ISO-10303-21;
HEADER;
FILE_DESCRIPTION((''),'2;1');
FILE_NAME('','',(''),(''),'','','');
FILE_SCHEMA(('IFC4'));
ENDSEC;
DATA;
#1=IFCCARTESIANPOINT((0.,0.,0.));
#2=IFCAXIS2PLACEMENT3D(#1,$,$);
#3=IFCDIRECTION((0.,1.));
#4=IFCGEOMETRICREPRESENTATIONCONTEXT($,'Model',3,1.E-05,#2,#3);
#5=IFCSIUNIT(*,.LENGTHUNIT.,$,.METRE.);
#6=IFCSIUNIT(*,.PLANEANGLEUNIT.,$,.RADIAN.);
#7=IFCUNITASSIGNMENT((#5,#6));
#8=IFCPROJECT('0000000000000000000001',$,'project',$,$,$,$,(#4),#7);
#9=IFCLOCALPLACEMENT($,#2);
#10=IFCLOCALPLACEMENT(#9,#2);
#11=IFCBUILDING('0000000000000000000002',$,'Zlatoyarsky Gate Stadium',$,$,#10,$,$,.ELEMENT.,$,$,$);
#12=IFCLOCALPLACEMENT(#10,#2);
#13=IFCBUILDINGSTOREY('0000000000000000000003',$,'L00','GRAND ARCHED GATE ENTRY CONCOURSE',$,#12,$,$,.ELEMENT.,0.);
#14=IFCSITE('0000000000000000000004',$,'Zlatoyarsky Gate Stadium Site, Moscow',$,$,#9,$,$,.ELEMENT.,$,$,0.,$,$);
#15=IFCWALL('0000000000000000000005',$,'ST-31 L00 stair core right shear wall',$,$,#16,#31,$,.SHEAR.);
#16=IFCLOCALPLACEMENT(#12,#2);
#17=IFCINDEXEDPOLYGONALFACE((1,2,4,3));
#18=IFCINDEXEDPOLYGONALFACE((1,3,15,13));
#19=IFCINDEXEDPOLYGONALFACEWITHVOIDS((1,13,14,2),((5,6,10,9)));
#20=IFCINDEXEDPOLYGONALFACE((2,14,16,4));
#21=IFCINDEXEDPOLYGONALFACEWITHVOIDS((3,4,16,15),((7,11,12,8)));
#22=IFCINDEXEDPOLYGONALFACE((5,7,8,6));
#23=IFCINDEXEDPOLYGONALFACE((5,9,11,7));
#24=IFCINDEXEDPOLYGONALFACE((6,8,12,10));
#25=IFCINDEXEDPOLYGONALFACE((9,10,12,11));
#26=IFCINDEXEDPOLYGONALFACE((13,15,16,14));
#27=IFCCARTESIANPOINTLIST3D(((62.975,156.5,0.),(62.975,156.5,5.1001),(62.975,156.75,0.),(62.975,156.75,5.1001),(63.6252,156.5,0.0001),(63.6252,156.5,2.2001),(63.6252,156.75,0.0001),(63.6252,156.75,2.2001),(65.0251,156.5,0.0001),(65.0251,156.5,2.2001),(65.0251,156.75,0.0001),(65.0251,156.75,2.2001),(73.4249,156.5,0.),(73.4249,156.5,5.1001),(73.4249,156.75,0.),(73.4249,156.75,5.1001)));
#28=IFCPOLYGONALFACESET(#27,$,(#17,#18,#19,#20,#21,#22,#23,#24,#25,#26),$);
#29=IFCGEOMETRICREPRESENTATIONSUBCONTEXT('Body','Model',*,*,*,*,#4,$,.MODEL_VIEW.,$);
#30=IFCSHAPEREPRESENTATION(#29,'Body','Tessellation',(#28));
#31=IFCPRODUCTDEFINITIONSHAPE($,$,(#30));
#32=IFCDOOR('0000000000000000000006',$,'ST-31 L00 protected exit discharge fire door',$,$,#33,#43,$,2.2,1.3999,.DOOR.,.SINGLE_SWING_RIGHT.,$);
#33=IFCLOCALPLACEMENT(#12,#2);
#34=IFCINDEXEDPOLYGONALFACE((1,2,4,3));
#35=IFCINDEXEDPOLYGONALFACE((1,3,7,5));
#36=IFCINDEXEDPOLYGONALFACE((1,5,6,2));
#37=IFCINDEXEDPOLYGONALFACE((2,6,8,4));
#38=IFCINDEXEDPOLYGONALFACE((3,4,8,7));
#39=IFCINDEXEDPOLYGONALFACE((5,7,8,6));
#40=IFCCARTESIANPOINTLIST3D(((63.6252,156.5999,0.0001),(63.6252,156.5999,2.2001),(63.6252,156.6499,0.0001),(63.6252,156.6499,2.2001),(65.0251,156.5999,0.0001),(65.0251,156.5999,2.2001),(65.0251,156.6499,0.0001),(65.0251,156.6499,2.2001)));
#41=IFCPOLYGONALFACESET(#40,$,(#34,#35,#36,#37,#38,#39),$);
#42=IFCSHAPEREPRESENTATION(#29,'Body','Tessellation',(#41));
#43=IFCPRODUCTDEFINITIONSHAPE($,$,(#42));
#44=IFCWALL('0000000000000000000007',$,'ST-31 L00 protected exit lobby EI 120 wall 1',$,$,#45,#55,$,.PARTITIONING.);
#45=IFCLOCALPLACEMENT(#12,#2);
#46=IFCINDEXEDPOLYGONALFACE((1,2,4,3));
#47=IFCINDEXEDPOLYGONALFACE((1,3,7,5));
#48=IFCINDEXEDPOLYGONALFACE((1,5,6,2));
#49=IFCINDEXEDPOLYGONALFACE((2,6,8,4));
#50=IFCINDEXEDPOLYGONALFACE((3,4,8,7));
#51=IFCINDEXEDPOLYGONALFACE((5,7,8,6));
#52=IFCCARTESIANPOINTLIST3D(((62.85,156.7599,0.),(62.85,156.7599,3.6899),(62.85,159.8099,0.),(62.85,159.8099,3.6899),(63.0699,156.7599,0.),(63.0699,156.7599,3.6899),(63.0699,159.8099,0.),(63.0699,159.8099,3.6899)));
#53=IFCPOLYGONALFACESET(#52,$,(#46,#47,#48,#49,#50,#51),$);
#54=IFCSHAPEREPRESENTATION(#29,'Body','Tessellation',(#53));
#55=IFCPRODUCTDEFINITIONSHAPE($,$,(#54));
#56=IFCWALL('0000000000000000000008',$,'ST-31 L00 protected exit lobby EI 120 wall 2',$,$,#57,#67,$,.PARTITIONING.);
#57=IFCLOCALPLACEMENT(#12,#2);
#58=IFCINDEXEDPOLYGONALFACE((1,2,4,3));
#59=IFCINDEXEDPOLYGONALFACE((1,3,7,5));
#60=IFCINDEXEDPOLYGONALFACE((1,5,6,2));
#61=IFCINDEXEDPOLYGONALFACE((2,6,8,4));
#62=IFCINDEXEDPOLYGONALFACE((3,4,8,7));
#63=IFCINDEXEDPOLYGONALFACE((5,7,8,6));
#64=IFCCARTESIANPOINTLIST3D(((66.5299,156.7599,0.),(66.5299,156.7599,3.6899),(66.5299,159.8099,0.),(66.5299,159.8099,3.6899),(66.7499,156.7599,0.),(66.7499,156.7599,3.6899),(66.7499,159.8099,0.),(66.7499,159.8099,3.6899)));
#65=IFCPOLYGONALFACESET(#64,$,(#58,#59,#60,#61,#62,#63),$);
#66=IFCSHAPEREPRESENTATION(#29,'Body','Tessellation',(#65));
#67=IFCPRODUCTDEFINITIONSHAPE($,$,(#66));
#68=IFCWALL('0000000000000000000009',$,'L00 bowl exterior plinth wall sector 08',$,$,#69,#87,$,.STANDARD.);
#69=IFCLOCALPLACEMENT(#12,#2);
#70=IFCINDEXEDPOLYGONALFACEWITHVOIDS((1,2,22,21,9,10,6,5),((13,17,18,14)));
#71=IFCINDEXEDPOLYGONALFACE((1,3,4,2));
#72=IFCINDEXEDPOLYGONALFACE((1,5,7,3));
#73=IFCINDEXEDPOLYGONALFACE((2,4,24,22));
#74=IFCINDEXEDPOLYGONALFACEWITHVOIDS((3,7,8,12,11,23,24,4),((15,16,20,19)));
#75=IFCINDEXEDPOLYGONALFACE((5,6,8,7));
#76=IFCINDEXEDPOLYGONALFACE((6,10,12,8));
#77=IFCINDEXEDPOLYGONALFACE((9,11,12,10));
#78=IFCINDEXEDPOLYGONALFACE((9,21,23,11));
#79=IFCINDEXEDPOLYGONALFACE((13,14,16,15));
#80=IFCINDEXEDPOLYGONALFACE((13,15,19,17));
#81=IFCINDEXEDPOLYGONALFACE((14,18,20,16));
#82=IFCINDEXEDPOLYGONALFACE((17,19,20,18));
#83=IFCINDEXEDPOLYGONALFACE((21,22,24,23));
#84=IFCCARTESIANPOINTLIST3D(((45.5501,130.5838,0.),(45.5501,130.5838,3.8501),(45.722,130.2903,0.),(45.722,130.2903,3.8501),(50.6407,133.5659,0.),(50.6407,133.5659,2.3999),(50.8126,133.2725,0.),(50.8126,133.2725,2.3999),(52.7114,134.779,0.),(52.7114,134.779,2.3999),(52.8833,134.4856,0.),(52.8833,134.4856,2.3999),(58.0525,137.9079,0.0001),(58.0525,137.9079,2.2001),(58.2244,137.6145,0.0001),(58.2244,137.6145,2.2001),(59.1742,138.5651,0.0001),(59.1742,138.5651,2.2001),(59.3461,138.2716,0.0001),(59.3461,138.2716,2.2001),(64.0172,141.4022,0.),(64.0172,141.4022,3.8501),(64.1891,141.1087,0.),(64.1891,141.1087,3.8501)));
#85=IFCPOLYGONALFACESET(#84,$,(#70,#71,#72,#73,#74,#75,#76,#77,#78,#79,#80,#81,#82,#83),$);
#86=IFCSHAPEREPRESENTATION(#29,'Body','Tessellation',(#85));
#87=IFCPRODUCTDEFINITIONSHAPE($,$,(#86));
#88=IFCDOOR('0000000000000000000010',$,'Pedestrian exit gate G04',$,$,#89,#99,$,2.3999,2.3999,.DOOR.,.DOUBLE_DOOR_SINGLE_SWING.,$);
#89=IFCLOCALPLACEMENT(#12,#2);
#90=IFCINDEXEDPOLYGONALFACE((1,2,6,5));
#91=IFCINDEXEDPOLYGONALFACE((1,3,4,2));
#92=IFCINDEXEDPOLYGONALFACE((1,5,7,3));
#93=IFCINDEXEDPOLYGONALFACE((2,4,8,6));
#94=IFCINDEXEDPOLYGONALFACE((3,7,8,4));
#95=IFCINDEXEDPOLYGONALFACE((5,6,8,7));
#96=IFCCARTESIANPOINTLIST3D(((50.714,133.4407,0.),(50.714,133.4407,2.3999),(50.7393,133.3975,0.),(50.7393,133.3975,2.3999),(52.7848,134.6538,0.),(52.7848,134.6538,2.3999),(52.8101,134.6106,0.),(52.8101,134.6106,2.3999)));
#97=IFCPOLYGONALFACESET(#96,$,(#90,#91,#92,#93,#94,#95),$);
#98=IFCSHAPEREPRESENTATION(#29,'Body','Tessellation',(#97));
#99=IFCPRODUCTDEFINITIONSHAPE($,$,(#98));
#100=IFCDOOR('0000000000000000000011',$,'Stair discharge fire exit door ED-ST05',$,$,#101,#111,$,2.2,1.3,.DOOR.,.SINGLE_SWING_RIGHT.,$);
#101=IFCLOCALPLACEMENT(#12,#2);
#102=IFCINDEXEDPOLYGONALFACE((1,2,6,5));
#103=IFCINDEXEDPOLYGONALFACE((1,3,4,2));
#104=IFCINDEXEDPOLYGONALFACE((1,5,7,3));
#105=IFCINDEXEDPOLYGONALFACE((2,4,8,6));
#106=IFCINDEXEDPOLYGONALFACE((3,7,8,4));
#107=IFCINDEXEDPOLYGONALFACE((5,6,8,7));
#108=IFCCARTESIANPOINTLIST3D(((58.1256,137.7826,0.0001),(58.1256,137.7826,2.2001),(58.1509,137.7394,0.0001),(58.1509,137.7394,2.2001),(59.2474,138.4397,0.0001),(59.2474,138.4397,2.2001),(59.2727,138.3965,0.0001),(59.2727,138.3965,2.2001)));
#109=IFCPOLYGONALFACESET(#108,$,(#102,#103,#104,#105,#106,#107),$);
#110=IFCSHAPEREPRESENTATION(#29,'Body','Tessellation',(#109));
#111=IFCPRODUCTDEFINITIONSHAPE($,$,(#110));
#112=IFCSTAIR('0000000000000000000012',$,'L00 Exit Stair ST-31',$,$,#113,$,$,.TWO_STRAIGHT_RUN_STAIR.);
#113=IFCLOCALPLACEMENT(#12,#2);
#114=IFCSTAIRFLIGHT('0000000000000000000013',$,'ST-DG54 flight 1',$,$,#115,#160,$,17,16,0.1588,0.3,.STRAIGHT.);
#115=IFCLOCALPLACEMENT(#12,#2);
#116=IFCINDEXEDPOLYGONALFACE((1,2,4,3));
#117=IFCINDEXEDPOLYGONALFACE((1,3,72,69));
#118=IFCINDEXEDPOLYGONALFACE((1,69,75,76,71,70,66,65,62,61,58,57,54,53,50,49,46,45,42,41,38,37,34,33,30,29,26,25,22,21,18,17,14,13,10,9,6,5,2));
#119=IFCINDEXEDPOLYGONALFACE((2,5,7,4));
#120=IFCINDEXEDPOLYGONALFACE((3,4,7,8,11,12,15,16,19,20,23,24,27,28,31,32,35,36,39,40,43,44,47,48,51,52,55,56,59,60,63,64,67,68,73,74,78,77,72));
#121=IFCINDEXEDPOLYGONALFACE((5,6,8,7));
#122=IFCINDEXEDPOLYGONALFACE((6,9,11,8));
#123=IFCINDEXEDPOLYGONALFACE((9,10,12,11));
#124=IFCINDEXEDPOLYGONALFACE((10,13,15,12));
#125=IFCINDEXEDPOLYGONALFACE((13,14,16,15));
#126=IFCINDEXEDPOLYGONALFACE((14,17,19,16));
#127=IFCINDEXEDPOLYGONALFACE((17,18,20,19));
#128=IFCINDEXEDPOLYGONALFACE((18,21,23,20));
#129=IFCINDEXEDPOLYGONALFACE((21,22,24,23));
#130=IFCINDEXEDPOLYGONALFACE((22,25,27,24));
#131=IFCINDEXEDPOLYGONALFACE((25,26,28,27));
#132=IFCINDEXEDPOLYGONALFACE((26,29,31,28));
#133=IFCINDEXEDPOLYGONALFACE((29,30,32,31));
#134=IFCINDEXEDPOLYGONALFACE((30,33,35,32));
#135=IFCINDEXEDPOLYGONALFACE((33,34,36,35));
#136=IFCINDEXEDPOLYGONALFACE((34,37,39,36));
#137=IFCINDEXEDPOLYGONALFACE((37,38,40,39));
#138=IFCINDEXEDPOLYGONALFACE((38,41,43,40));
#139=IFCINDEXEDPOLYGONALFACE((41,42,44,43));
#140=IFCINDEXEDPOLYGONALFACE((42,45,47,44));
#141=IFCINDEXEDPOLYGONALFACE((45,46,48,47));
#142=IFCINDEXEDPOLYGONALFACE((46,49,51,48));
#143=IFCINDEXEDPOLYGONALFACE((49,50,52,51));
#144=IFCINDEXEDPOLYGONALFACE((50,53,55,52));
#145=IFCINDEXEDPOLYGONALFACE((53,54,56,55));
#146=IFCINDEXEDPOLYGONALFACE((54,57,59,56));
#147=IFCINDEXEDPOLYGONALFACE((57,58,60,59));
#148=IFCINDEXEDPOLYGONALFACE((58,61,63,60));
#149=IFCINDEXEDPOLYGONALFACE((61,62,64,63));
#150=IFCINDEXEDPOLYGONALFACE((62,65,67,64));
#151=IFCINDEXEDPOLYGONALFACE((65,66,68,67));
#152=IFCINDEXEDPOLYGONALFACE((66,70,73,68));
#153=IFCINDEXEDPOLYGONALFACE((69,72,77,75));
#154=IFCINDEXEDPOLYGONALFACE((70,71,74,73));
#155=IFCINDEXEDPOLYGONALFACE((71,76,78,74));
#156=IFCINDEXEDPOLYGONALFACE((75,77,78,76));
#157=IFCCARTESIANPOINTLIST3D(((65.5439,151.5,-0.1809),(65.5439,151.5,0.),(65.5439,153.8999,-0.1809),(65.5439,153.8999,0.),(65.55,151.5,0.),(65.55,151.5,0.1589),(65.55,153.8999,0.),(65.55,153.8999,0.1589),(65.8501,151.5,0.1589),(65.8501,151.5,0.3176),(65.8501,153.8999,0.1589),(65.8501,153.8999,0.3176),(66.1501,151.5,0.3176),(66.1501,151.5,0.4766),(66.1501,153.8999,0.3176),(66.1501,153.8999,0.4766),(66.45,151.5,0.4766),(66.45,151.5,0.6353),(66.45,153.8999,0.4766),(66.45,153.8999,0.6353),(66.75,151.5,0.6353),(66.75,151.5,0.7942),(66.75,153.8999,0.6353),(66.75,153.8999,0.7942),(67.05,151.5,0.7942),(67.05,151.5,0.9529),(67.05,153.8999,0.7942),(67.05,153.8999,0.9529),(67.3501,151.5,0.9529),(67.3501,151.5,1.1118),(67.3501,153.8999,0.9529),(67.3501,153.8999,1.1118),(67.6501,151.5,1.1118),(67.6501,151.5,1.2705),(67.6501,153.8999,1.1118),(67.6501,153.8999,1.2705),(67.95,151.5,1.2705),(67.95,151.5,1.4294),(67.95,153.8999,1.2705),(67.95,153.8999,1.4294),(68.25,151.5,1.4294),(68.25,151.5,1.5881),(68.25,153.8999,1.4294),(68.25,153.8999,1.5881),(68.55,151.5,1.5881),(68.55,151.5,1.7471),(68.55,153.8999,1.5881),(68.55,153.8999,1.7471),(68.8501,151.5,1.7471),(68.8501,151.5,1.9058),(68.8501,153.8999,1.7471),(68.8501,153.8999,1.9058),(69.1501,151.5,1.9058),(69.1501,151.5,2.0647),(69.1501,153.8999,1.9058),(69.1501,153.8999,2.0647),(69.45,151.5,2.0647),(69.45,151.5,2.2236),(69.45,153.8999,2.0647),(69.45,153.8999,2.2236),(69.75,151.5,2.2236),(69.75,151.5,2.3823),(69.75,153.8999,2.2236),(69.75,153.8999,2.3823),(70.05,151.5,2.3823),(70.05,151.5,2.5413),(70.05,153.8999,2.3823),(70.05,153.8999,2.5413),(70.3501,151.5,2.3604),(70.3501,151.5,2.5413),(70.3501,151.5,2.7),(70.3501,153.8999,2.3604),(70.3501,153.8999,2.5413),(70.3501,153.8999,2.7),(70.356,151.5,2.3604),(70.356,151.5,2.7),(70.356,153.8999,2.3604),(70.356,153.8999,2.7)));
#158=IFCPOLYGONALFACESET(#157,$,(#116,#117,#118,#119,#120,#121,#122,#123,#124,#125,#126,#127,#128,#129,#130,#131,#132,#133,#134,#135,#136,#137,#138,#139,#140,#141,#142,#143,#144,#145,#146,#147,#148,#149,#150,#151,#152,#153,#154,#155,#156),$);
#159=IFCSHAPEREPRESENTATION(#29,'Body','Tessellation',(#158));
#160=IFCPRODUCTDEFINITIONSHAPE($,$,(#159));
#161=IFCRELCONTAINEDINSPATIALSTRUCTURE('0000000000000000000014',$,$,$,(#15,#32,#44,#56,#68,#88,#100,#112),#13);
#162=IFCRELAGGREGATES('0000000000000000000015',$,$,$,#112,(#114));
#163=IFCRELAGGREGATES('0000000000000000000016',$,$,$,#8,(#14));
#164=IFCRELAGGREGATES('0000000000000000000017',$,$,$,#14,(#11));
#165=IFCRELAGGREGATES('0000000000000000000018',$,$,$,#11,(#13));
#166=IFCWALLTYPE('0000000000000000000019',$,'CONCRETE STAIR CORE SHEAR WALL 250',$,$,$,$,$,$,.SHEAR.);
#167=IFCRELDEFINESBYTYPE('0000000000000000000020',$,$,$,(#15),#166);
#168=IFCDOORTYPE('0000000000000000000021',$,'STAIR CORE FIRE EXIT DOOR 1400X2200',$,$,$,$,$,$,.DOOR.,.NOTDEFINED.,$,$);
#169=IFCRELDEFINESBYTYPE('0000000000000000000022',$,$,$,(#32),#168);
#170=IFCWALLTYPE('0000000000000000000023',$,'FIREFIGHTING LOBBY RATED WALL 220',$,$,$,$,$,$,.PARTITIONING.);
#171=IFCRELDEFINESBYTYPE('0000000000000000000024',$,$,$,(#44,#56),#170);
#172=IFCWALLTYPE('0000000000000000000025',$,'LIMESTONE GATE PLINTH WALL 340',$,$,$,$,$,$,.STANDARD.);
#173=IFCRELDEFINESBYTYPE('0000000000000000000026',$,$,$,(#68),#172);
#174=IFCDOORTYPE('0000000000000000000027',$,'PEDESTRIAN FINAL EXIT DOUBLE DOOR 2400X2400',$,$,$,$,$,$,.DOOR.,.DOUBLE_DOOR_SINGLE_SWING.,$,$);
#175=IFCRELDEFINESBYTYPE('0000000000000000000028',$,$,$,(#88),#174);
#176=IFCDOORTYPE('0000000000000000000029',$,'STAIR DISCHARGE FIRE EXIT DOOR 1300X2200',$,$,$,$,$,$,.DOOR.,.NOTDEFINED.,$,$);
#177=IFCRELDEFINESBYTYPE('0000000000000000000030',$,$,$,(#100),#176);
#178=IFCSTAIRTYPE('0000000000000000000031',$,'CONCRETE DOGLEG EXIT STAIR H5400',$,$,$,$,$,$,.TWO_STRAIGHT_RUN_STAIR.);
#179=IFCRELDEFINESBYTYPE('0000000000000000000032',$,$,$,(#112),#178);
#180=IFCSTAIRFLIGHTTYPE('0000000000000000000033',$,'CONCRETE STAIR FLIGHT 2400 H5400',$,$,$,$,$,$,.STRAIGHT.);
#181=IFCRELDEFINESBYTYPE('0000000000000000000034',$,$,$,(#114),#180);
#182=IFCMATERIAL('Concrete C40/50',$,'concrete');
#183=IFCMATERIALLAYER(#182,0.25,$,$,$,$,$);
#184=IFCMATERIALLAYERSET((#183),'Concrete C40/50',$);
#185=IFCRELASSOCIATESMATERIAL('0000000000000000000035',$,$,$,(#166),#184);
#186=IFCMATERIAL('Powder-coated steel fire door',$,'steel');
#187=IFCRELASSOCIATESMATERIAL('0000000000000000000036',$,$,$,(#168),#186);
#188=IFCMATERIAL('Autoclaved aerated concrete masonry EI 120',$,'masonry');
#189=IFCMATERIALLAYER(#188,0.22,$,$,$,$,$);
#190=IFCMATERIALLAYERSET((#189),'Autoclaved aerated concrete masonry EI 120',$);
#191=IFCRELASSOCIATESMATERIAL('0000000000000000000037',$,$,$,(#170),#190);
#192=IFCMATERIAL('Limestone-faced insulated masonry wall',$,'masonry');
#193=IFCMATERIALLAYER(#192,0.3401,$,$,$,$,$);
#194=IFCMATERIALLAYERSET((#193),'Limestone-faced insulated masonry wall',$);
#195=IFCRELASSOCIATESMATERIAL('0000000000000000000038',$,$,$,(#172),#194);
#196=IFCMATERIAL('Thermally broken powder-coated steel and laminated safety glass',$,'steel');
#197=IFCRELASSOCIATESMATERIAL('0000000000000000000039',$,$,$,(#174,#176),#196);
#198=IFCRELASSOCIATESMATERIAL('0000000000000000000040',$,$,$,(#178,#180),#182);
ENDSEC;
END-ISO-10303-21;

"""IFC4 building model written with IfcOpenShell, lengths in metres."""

from ifc_helpers import new_model, si_unit, direction, frame, frame_2d, origin, place, context, subcontext, project, spatial, polyline, rectangle, outline, extrude, material, layer, layer_set, type_object, element, fill, aggregate, save


model = new_model("IFC4")

# Units and contexts
model_context = context("Model", 3, precision=1e-05, world=origin(), true_north=direction((0.0, 1.0)))
body_context = subcontext(model_context, "Body", "Model", "MODEL_VIEW")
ifc_project = project(units=[si_unit("LENGTHUNIT", "METRE"), si_unit("PLANEANGLEUNIT", "RADIAN")], contexts=[model_context])

# Site, building, storey
site_placement = place(None, origin())
site = spatial("IfcSite", under=ifc_project, at=site_placement, Name="Zlatoyarsky Gate Stadium Site, Moscow", CompositionType="ELEMENT", RefElevation=0.0)
building_placement = place(site_placement, origin())
building = spatial("IfcBuilding", under=site, at=building_placement, Name="Zlatoyarsky Gate Stadium", CompositionType="ELEMENT")
storey_placement = place(building_placement, origin())
storey = spatial("IfcBuildingStorey", under=building, at=storey_placement, Name="L00", Description="GRAND ARCHED GATE ENTRY CONCOURSE", CompositionType="ELEMENT", Elevation=0.0)

# Shared definitions
ifc_material_1 = material(Name="Concrete C40/50", Category="concrete")

# Shared definitions
ifc_layer_1 = layer(ifc_material_1, 0.25)
ifc_layer_set_1 = layer_set([ifc_layer_1], Name="Concrete C40/50")
wall_type_1 = type_object("IfcWallType", Name="CONCRETE STAIR CORE SHEAR WALL 250", PredefinedType="SHEAR", material=ifc_layer_set_1)

# Wall, opening, door
wall_1_placement = place(storey_placement, frame((73.425, 156.625, 0.0), z_axis=(0.0, 0.0, 1.0), x_axis=(-1.0, 0.0, 0.0)))
wall_1 = element("IfcWall", 1, at=wall_1_placement, inside=storey, type_object=wall_type_1, Name="ST-31 L00 stair core right shear wall", PredefinedType="SHEAR", context=body_context, shape_type="SweptSolid", body=[
    extrude(rectangle(XDim=10.45, YDim=0.25, at=frame_2d((5.2251, 0.0))), origin(), (0.0, 0.0, 1.0), 5.1001),
])
opening_1_placement = place(wall_1_placement, frame((8.3999, 0.0, 0.0)))
opening_1 = element("IfcOpeningElement", 2, at=opening_1_placement, cuts=wall_1, PredefinedType="OPENING", context=body_context, shape_type="SweptSolid", body=[
    extrude(rectangle(XDim=1.3999, YDim=2.2, at=frame_2d((0.7, 1.1001))), frame((0.0, 0.135, 0.0), z_axis=(0.0, -1.0, 0.0), x_axis=(1.0, 0.0, 0.0)), (0.0, 0.0, 1.0), 0.27),
])
ifc_material_2 = material(Name="Powder-coated steel fire door", Category="steel")
door_type_1 = type_object("IfcDoorType", Name="STAIR CORE FIRE EXIT DOOR 1400X2200", OperationType="NOTDEFINED", PredefinedType="DOOR", material=ifc_material_2)
door_1_placement = place(opening_1_placement, frame((1.3999, 0.0, 0.0), z_axis=(0.0, 0.0, 1.0), x_axis=(-1.0, 0.0, 0.0)))
door_1 = element("IfcDoor", 3, at=door_1_placement, inside=storey, type_object=door_type_1, Name="ST-31 L00 protected exit discharge fire door", OperationType="SINGLE_SWING_RIGHT", OverallHeight=2.2, OverallWidth=1.3999, PredefinedType="DOOR", context=body_context, shape_type="SweptSolid", body=[
    extrude(rectangle(XDim=1.3999, YDim=2.2, at=frame_2d((0.7, 1.1001))), frame((0.0, 0.0249, 0.0), z_axis=(0.0, -1.0, 0.0), x_axis=(1.0, 0.0, 0.0)), (0.0, 0.0, 1.0), 0.05),
])
fill(opening_1, door_1)

# Walls
ifc_material_3 = material(Name="Autoclaved aerated concrete masonry EI 120", Category="masonry")
ifc_layer_2 = layer(ifc_material_3, 0.22)
ifc_layer_set_2 = layer_set([ifc_layer_2], Name="Autoclaved aerated concrete masonry EI 120")
wall_type_2 = type_object("IfcWallType", Name="FIREFIGHTING LOBBY RATED WALL 220", PredefinedType="PARTITIONING", material=ifc_layer_set_2)
for number, where, z_axis, x_axis, name in (
    (4, (62.96, 156.76, 0.0), (0.0, 0.0, 1.0), (0.0, 1.0, 0.0), "ST-31 L00 protected exit lobby EI 120 wall 1"),
    (5, (66.6399, 156.76, 0.0), (0.0, 0.0, 1.0), (0.0, 1.0, 0.0), "ST-31 L00 protected exit lobby EI 120 wall 2"),
):
    element("IfcWall", number, at=place(storey_placement, frame(where, z_axis=z_axis, x_axis=x_axis)), inside=storey, type_object=wall_type_2, Name=name, PredefinedType="PARTITIONING", context=body_context, shape_type="SweptSolid", body=[
        extrude(rectangle(XDim=3.05, YDim=0.22, at=frame_2d((1.5249, 0.0))), origin(), (0.0, 0.0, 1.0), 3.6899),
    ])

# Wall, openings, doors
ifc_material_4 = material(Name="Limestone-faced insulated masonry wall", Category="masonry")
ifc_layer_3 = layer(ifc_material_4, 0.3401)
ifc_layer_set_3 = layer_set([ifc_layer_3], Name="Limestone-faced insulated masonry wall")
wall_type_3 = type_object("IfcWallType", Name="LIMESTONE GATE PLINTH WALL 340", PredefinedType="STANDARD", material=ifc_layer_set_3)
wall_2_placement = place(storey_placement, frame((64.103, 141.2554, 0.0), z_axis=(0.0, 0.0, 1.0), x_axis=(-0.862844, -0.505471, 0.0)))
wall_2 = element("IfcWall", 6, at=wall_2_placement, inside=storey, type_object=wall_type_3, Name="L00 bowl exterior plinth wall sector 08", PredefinedType="STANDARD", context=body_context, shape_type="SweptSolid", body=[
    extrude(rectangle(XDim=21.4026, YDim=0.3401, at=frame_2d((10.7012, 0.0))), origin(), (0.0, 0.0, 1.0), 3.8501),
])
opening_2_placement = place(wall_2_placement, frame((5.6128, 0.0, 0.0)))
opening_2 = element("IfcOpeningElement", 7, at=opening_2_placement, cuts=wall_2, PredefinedType="OPENING", context=body_context, shape_type="SweptSolid", body=[
    extrude(rectangle(XDim=1.3, YDim=2.2, at=frame_2d((0.6499, 1.1001))), frame((0.0, 0.1799, 0.0), z_axis=(0.0, -1.0, 0.0), x_axis=(1.0, 0.0, 0.0)), (0.0, 0.0, 1.0), 0.3601),
])
opening_3_placement = place(wall_2_placement, frame((13.1028, 0.0, 0.0)))
opening_3 = element("IfcOpeningElement", 8, at=opening_3_placement, cuts=wall_2, PredefinedType="OPENING", context=body_context, shape_type="SweptSolid", body=[
    extrude(rectangle(XDim=2.3999, YDim=2.3999, at=frame_2d((1.2, 1.2))), frame((0.0, 0.1799, 0.0), z_axis=(0.0, -1.0, 0.0), x_axis=(1.0, 0.0, 0.0)), (0.0, 0.0, 1.0), 0.3601),
])
ifc_material_5 = material(Name="Thermally broken powder-coated steel and laminated safety glass", Category="steel")
door_type_2 = type_object("IfcDoorType", Name="PEDESTRIAN FINAL EXIT DOUBLE DOOR 2400X2400", OperationType="DOUBLE_DOOR_SINGLE_SWING", PredefinedType="DOOR", material=ifc_material_5)
door_2_placement = place(opening_3_placement, frame((2.3999, 0.0, 0.0), z_axis=(0.0, 0.0, 1.0), x_axis=(-1.0, 0.0, 0.0)))
door_2 = element("IfcDoor", 9, at=door_2_placement, inside=storey, type_object=door_type_2, Name="Pedestrian exit gate G04", OperationType="DOUBLE_DOOR_SINGLE_SWING", OverallHeight=2.3999, OverallWidth=2.3999, PredefinedType="DOOR", context=body_context, shape_type="SweptSolid", body=[
    extrude(rectangle(XDim=2.3999, YDim=2.3999, at=frame_2d((1.2, 1.2))), frame((0.0, 0.0249, 0.0), z_axis=(0.0, -1.0, 0.0), x_axis=(1.0, 0.0, 0.0)), (0.0, 0.0, 1.0), 0.05),
])
fill(opening_3, door_2)
door_type_3 = type_object("IfcDoorType", Name="STAIR DISCHARGE FIRE EXIT DOOR 1300X2200", OperationType="NOTDEFINED", PredefinedType="DOOR", material=ifc_material_5)
door_3_placement = place(opening_2_placement, frame((1.3, 0.0, 0.0), z_axis=(0.0, 0.0, 1.0), x_axis=(-1.0, 0.0, 0.0)))
door_3 = element("IfcDoor", 10, at=door_3_placement, inside=storey, type_object=door_type_3, Name="Stair discharge fire exit door ED-ST05", OperationType="SINGLE_SWING_RIGHT", OverallHeight=2.2, OverallWidth=1.3, PredefinedType="DOOR", context=body_context, shape_type="SweptSolid", body=[
    extrude(rectangle(XDim=1.3, YDim=2.2, at=frame_2d((0.6499, 1.1001))), frame((0.0, 0.0249, 0.0), z_axis=(0.0, -1.0, 0.0), x_axis=(1.0, 0.0, 0.0)), (0.0, 0.0, 1.0), 0.05),
])
fill(opening_2, door_3)

# Stair, stair flight
stair_type = type_object("IfcStairType", Name="CONCRETE DOGLEG EXIT STAIR H5400", PredefinedType="TWO_STRAIGHT_RUN_STAIR", material=ifc_material_1)
stair_placement = place(storey_placement, origin())
stair = element("IfcStair", 11, at=stair_placement, inside=storey, type_object=stair_type, Name="L00 Exit Stair ST-31", PredefinedType="TWO_STRAIGHT_RUN_STAIR")
stair_flight_type = type_object("IfcStairFlightType", Name="CONCRETE STAIR FLIGHT 2400 H5400", PredefinedType="STRAIGHT", material=ifc_material_1)
stair_flight_1_placement = place(storey_placement, frame((65.55, 152.7, 0.0), z_axis=(0.0, 0.0, 1.0), x_axis=(1.0, 0.0, 0.0)))
stair_flight_1 = element("IfcStairFlight", 12, at=stair_flight_1_placement, type_object=stair_flight_type, Name="ST-DG54 flight 1", NumberOfRisers=17, NumberOfTreads=16, PredefinedType="STRAIGHT", RiserHeight=0.1588, TreadLength=0.3, context=body_context, shape_type="SweptSolid", body=[
    extrude(outline(polyline([(-0.0061, -0.1809), (-0.0061, 0.0), (0.0, 0.0), (0.0, 0.1589), (0.3, 0.1589), (0.3, 0.3176), (0.6001, 0.3176), (0.6001, 0.4766), (0.8999, 0.4766), (0.8999, 0.6353), (1.2, 0.6353), (1.2, 0.7942), (1.5, 0.7942), (1.5, 0.9529), (1.8, 0.9529), (1.8, 1.1118), (2.1001, 1.1118), (2.1001, 1.2705), (2.3999, 1.2705), (2.3999, 1.4294), (2.7, 1.4294), (2.7, 1.5881), (3.0, 1.5881), (3.0, 1.7471), (3.3, 1.7471), (3.3, 1.9058), (3.6001, 1.9058), (3.6001, 2.0647), (3.8999, 2.0647), (3.8999, 2.2236), (4.2, 2.2236), (4.2, 2.3823), (4.5, 2.3823), (4.5, 2.5413), (4.8, 2.5413), (4.8, 2.7), (4.8059, 2.7), (4.8059, 2.3604), (4.8, 2.3604), (-0.0061, -0.1809)])), frame((0.0, 1.2, 0.0), z_axis=(0.0, -1.0, 0.0), x_axis=(1.0, 0.0, 0.0)), (0.0, 0.0, 1.0), 2.3999),
])
aggregate(stair, [stair_flight_1])

save(model, "model.ifc")
